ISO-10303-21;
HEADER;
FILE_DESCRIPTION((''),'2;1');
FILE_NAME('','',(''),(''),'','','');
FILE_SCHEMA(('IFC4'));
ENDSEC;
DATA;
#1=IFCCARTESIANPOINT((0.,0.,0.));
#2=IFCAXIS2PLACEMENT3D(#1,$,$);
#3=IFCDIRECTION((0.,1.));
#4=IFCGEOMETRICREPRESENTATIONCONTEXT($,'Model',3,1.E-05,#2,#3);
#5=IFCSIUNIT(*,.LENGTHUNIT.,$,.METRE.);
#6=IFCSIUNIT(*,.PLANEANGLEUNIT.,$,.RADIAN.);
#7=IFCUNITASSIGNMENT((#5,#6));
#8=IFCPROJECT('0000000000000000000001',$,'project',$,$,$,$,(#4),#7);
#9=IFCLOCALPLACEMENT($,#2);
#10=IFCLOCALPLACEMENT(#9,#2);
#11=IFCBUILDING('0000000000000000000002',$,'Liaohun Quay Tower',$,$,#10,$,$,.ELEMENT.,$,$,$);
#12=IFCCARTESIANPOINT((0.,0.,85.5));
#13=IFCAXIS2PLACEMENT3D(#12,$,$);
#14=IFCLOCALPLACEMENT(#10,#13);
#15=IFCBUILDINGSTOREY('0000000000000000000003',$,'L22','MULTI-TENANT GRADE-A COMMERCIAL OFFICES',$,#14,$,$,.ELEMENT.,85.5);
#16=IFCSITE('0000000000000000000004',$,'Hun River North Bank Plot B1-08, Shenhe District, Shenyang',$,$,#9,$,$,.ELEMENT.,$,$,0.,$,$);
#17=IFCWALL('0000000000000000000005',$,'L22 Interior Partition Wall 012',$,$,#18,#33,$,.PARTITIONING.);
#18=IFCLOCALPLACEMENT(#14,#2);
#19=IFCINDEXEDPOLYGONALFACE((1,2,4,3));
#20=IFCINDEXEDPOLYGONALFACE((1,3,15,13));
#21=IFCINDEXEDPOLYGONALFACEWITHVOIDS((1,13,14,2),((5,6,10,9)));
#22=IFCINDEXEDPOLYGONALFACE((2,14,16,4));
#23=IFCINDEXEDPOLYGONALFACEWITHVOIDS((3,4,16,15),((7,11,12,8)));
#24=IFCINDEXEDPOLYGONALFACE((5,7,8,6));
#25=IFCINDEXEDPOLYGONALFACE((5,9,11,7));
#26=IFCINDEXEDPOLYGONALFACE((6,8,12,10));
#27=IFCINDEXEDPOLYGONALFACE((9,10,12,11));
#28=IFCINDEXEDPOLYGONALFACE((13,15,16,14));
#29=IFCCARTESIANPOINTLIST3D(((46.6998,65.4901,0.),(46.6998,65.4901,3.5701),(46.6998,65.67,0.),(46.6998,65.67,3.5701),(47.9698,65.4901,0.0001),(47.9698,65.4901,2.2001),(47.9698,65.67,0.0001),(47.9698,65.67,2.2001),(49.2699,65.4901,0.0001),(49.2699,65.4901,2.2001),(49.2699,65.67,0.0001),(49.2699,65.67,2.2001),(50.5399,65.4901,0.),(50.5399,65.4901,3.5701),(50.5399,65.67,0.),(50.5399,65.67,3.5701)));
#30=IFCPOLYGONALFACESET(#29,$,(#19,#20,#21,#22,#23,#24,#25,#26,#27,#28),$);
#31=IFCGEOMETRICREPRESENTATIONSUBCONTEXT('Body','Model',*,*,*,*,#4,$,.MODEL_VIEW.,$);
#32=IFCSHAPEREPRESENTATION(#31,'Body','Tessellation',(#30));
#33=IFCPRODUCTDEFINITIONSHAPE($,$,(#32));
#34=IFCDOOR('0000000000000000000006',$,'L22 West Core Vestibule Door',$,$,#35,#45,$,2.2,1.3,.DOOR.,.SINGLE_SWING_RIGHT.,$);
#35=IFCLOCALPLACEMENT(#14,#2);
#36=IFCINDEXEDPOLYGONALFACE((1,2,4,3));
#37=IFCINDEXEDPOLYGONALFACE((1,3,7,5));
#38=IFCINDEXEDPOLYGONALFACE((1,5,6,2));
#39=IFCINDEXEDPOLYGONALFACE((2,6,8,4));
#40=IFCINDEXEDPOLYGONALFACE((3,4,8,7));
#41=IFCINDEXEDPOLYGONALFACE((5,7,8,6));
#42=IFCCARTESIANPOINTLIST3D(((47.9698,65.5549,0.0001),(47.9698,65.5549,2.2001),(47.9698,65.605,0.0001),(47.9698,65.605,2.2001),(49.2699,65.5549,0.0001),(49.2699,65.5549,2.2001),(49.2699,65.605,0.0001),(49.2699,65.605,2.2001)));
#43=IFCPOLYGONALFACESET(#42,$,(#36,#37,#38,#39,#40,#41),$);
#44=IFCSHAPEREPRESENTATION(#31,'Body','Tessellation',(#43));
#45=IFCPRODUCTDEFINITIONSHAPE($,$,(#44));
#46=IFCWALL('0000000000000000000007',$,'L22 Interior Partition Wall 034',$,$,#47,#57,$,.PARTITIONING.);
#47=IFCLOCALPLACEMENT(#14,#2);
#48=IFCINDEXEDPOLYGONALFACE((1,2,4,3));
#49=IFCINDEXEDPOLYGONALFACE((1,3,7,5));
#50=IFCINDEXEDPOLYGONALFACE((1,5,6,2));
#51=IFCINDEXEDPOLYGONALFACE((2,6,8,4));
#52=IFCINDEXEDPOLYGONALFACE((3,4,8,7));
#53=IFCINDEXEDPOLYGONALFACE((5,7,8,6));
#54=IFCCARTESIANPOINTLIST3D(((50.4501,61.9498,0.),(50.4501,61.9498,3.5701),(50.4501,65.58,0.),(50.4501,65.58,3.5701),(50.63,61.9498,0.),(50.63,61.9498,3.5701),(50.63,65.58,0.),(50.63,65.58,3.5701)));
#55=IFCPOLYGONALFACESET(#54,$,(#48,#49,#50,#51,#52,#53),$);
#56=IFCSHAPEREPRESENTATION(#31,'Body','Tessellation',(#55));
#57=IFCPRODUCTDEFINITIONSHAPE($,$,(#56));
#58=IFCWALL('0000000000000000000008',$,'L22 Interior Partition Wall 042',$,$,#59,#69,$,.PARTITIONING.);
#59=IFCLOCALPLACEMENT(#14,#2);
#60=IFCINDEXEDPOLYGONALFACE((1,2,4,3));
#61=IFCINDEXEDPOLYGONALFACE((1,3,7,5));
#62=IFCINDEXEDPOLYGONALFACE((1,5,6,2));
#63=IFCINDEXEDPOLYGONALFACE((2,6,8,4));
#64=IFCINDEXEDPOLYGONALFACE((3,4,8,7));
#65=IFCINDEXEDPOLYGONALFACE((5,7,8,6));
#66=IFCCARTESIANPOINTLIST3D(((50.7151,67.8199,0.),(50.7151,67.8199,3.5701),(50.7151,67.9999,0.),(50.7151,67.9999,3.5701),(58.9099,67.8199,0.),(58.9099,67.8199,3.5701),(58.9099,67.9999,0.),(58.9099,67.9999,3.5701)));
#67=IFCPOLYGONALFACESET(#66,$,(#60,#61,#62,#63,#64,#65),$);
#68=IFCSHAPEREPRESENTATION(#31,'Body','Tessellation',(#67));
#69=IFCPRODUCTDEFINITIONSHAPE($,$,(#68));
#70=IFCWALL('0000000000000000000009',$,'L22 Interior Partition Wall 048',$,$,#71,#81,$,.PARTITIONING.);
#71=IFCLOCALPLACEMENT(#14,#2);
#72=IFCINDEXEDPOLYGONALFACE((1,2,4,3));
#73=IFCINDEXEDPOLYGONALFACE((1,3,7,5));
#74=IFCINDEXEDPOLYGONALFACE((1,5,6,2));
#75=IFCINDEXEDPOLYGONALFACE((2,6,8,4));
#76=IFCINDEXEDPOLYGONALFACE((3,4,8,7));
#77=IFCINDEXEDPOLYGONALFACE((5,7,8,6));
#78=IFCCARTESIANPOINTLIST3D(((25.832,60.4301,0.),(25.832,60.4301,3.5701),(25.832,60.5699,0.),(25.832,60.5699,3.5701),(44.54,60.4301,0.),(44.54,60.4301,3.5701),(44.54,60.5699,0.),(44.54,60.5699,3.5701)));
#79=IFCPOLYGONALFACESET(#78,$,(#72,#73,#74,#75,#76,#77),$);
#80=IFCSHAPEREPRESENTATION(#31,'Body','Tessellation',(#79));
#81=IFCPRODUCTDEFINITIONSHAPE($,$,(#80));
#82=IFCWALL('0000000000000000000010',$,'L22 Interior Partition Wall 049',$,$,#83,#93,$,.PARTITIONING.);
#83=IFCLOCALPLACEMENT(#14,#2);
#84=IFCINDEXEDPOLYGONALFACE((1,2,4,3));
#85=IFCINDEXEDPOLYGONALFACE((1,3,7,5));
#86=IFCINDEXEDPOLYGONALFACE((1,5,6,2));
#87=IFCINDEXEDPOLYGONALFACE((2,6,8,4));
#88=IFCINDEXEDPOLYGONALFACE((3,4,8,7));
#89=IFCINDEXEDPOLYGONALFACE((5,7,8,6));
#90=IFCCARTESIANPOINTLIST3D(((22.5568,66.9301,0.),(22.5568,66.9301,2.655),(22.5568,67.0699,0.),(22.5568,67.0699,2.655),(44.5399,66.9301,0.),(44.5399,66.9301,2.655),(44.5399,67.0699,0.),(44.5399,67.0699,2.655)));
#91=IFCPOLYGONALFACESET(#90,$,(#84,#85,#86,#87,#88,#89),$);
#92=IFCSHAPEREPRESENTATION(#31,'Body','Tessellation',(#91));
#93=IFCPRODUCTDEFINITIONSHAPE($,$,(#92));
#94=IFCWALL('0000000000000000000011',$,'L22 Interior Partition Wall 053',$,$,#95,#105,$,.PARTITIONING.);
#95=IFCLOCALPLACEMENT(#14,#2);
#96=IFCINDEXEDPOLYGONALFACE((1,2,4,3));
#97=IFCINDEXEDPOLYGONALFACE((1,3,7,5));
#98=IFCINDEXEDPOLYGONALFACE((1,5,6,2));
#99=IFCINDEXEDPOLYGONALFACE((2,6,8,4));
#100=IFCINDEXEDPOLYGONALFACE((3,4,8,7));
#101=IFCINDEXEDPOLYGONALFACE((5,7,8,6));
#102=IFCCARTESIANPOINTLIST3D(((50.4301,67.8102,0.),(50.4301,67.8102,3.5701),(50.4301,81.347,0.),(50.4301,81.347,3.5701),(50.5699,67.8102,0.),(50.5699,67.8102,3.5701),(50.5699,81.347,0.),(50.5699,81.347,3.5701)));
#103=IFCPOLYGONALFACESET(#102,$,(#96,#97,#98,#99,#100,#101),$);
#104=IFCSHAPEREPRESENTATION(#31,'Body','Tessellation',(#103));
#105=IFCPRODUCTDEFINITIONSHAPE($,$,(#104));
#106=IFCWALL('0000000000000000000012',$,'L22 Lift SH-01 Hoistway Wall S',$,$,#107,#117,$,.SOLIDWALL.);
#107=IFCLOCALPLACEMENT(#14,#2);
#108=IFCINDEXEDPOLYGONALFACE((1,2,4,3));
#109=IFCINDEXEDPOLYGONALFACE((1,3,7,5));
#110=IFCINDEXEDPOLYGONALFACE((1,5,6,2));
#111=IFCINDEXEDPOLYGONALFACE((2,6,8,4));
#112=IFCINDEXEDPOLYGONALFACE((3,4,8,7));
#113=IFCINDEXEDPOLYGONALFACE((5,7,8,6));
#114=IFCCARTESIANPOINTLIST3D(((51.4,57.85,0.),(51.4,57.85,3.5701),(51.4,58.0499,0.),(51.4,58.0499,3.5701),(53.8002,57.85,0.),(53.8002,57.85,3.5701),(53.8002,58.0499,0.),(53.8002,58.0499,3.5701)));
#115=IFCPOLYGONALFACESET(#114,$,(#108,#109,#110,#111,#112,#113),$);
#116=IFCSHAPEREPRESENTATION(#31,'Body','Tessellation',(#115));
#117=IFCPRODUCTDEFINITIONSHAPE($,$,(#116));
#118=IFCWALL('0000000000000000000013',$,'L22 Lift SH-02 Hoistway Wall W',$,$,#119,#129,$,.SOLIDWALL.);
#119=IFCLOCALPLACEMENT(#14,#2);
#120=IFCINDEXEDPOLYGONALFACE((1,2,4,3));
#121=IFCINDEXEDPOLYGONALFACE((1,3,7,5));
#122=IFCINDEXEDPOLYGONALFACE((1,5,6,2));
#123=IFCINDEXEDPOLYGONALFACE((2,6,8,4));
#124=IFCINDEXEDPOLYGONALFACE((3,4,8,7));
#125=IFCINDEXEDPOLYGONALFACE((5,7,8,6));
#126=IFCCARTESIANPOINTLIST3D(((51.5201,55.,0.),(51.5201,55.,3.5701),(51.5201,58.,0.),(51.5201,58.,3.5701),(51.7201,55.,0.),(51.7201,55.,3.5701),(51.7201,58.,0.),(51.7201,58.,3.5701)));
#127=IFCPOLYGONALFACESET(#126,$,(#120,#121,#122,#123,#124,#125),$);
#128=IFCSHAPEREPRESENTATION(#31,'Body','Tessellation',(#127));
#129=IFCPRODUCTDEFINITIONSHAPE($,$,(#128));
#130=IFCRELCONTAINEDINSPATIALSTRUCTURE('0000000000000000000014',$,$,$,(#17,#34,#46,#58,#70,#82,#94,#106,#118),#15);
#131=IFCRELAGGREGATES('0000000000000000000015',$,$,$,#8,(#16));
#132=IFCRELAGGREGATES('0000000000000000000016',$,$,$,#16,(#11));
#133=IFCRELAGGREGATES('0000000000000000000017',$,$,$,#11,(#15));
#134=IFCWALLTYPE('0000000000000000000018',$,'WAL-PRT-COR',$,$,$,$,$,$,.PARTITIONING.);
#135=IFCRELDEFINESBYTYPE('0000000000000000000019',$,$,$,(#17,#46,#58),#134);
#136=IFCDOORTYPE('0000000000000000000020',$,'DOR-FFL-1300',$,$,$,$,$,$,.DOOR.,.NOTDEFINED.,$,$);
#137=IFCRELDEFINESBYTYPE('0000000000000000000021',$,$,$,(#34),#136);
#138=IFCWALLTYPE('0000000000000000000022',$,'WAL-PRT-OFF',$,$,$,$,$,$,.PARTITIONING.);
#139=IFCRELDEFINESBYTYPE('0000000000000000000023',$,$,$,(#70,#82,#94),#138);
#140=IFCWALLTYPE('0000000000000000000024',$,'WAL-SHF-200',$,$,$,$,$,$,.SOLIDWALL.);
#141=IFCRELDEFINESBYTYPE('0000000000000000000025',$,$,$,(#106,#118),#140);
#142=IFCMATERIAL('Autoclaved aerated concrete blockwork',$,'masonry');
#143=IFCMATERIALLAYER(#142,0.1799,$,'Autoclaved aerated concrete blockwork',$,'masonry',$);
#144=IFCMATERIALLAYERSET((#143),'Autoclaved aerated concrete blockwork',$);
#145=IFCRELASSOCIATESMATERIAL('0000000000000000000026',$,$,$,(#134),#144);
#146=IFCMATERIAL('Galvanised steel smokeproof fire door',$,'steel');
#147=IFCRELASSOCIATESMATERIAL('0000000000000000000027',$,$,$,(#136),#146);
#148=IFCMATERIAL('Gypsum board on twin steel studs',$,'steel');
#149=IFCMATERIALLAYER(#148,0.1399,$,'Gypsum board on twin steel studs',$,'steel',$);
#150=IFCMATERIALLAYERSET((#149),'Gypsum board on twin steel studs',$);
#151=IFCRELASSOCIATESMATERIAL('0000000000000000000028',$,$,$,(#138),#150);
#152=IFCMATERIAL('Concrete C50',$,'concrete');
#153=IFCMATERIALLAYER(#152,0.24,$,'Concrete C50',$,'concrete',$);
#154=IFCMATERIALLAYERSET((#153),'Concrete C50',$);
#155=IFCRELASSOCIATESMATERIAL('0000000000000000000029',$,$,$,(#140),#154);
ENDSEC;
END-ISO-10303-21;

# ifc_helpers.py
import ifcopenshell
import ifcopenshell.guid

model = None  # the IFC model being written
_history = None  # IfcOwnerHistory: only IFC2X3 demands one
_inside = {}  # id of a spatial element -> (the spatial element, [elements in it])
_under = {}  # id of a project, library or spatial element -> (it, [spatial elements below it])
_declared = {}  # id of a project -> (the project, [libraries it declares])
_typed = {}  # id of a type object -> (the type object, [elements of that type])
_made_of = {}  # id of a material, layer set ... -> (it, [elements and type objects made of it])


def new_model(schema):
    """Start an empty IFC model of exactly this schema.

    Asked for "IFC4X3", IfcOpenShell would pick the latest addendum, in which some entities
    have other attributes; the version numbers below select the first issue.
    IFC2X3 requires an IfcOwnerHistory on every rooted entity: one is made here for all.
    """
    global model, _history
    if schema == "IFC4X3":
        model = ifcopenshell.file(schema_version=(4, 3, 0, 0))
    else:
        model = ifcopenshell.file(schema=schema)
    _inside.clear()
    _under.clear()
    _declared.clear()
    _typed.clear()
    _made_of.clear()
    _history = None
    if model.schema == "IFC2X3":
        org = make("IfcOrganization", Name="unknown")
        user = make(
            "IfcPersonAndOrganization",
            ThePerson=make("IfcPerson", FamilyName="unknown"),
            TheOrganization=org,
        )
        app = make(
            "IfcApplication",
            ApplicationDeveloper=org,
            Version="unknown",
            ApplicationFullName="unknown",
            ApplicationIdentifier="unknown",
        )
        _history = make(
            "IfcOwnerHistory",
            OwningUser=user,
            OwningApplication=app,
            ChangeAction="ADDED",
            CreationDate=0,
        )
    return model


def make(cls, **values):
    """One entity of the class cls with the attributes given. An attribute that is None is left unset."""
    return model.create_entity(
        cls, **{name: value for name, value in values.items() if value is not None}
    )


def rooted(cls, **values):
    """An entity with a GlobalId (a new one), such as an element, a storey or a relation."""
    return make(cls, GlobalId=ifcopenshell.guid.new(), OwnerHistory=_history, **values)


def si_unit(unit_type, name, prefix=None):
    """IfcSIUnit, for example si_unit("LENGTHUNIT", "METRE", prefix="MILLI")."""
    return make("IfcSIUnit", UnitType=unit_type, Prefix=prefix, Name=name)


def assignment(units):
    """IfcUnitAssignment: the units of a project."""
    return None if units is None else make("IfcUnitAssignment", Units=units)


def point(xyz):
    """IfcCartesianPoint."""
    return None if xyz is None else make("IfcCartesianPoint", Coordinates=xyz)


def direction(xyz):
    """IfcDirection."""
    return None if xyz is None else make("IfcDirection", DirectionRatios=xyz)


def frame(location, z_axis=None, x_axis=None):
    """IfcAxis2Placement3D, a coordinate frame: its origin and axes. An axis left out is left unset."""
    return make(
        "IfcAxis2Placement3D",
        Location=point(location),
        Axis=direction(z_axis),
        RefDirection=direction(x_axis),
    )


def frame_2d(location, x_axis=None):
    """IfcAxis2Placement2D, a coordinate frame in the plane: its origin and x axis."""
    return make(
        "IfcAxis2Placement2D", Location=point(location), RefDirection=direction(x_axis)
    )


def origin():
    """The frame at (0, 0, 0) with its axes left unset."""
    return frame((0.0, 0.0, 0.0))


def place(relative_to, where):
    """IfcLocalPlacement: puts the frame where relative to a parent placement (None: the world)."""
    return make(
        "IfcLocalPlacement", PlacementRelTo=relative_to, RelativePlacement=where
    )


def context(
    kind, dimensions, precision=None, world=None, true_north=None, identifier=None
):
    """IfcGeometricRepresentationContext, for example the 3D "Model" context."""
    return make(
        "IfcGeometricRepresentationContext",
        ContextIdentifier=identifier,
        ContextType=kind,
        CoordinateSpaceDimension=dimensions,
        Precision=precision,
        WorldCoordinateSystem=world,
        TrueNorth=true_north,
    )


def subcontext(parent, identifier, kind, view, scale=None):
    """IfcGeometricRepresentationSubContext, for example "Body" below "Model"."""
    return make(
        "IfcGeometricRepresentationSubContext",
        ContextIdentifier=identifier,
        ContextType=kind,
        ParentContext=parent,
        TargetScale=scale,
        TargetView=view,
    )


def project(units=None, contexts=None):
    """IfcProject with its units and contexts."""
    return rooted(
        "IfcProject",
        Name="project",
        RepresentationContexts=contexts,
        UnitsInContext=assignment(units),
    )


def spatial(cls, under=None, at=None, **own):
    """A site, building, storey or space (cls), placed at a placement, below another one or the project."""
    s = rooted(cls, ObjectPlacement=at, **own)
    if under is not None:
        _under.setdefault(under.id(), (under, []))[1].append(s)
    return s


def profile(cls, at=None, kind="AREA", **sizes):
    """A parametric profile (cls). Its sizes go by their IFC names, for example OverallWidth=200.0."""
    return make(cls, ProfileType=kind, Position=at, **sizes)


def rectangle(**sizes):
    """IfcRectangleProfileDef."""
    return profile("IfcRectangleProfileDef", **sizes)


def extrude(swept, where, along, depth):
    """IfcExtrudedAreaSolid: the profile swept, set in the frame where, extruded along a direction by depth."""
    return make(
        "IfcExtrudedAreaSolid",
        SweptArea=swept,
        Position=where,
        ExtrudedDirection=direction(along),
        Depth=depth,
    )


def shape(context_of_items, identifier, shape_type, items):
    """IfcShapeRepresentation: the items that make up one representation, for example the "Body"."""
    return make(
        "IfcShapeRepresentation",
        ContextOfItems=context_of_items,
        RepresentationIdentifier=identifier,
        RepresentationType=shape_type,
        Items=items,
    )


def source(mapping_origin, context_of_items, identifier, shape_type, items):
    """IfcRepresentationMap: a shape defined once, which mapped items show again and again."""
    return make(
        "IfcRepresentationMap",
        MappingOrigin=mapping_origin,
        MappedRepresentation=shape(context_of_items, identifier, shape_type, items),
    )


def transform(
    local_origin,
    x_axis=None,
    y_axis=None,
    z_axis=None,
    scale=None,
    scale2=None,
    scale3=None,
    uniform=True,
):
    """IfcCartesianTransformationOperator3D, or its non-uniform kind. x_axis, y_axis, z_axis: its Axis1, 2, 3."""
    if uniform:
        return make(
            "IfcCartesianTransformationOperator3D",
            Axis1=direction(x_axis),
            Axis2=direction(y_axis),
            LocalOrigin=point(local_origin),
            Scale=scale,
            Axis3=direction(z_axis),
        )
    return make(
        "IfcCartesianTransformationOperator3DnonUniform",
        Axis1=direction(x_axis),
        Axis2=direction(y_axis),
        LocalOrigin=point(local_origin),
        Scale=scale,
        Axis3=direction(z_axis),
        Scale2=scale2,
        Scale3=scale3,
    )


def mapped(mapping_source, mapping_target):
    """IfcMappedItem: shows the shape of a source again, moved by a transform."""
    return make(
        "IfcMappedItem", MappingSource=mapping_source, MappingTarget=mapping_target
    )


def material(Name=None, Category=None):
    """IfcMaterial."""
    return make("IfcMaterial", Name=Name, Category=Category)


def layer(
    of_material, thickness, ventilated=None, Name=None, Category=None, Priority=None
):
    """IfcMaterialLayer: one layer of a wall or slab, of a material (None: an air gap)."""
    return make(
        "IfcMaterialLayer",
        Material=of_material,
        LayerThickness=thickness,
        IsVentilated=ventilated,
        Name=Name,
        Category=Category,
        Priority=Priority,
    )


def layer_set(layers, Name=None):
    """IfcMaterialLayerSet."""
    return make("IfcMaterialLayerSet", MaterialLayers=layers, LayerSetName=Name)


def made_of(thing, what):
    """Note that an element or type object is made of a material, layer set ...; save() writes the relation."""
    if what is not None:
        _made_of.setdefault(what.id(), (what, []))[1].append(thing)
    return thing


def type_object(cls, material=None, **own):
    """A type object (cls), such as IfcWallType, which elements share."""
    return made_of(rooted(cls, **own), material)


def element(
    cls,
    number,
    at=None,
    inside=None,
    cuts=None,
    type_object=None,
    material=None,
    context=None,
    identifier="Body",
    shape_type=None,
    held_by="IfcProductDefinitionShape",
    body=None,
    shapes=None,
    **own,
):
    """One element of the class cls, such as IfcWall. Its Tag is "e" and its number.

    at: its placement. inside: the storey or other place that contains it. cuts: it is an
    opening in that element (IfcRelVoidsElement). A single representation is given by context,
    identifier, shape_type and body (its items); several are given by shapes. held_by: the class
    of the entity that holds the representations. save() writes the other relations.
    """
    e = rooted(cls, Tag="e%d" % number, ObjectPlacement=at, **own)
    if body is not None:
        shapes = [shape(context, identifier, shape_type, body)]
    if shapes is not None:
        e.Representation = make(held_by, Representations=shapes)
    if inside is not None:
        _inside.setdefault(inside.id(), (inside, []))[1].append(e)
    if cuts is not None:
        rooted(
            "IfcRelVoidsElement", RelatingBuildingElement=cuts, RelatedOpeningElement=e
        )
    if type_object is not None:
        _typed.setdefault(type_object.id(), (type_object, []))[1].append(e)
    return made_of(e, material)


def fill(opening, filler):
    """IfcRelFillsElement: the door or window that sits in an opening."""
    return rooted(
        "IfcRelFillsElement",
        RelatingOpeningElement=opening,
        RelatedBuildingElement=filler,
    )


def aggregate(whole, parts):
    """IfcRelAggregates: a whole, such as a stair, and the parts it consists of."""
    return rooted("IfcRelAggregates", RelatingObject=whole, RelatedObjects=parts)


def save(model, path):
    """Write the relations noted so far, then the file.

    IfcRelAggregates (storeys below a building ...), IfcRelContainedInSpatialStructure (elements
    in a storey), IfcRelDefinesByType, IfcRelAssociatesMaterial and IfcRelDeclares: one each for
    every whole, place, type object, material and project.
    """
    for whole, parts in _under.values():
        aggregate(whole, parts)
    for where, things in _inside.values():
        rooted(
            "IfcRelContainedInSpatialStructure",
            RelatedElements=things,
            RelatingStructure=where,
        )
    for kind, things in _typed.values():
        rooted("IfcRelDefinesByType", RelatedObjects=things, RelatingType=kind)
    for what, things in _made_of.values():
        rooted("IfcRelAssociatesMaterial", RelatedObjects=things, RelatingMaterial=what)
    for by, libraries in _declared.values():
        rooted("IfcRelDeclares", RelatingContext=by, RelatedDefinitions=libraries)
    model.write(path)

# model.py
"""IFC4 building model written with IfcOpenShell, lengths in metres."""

from ifc_helpers import new_model, si_unit, direction, frame, frame_2d, origin, place, context, subcontext, project, spatial, rectangle, extrude, source, transform, mapped, material, layer, layer_set, type_object, element, fill, save


model = new_model("IFC4")

# Units and contexts
model_context = context("Model", 3, precision=1e-05, world=origin(), true_north=direction((0.0, 1.0)))
body_context = subcontext(model_context, "Body", "Model", "MODEL_VIEW")
ifc_project = project(units=[si_unit("LENGTHUNIT", "METRE"), si_unit("PLANEANGLEUNIT", "RADIAN")], contexts=[model_context])

# Site, building, storey
site_placement = place(None, origin())
site = spatial("IfcSite", under=ifc_project, at=site_placement, Name="Hun River North Bank Plot B1-08, Shenhe District, Shenyang", CompositionType="ELEMENT", RefElevation=0.0)
building_placement = place(site_placement, origin())
building = spatial("IfcBuilding", under=site, at=building_placement, Name="Liaohun Quay Tower", CompositionType="ELEMENT")
storey_placement = place(building_placement, frame((0.0, 0.0, 85.5)))
storey = spatial("IfcBuildingStorey", under=building, at=storey_placement, Name="L22", Description="MULTI-TENANT GRADE-A COMMERCIAL OFFICES", CompositionType="ELEMENT", Elevation=85.5)

# Wall, opening, door
ifc_material_1 = material(Name="Autoclaved aerated concrete blockwork", Category="masonry")
ifc_layer_1 = layer(ifc_material_1, 0.1799, Name="Autoclaved aerated concrete blockwork", Category="masonry")
ifc_layer_set_1 = layer_set([ifc_layer_1], Name="Autoclaved aerated concrete blockwork")
wall_type_1 = type_object("IfcWallType", Name="WAL-PRT-COR", PredefinedType="PARTITIONING", material=ifc_layer_set_1)
wall_1_placement = place(storey_placement, frame((46.7, 65.5801, 0.0), z_axis=(0.0, 0.0, 1.0), x_axis=(1.0, 0.0, 0.0)))
wall_1 = element("IfcWall", 1, at=wall_1_placement, inside=storey, type_object=wall_type_1, Name="L22 Interior Partition Wall 012", PredefinedType="PARTITIONING", context=body_context, shape_type="SweptSolid", body=[
    extrude(rectangle(XDim=3.8401, YDim=0.1799, at=frame_2d((1.9199, 0.0))), origin(), (0.0, 0.0, 1.0), 3.5701),
])
shared_shape_1 = source(origin(), body_context, "Body", "SweptSolid", [
    extrude(rectangle(XDim=1.3, YDim=2.2, at=frame_2d((0.6499, 1.1001))), frame((0.0, 0.0999, 0.0), z_axis=(0.0, -1.0, 0.0), x_axis=(1.0, 0.0, 0.0)), (0.0, 0.0, 1.0), 0.2),
])
opening_1_placement = place(wall_1_placement, frame((1.27, 0.0, 0.0)))
opening_1 = element("IfcOpeningElement", 2, at=opening_1_placement, cuts=wall_1, PredefinedType="OPENING", context=body_context, shape_type="MappedRepresentation", body=[
    mapped(shared_shape_1, transform((0.0, 0.0, 0.0), x_axis=(1.0, 0.0, 0.0), y_axis=(0.0, 1.0, 0.0), z_axis=(0.0, 0.0, 1.0), scale=1.0)),
])
ifc_material_2 = material(Name="Galvanised steel smokeproof fire door", Category="steel")
door_type_1 = type_object("IfcDoorType", Name="DOR-FFL-1300", OperationType="NOTDEFINED", PredefinedType="DOOR", material=ifc_material_2)
shared_shape_2 = source(origin(), body_context, "Body", "SweptSolid", [
    extrude(rectangle(XDim=1.3, YDim=2.2, at=frame_2d((0.6499, 1.1001))), frame((0.0, 0.0249, 0.0), z_axis=(0.0, -1.0, 0.0), x_axis=(1.0, 0.0, 0.0)), (0.0, 0.0, 1.0), 0.05),
])
door_1_placement = place(opening_1_placement, origin())
door_1 = element("IfcDoor", 3, at=door_1_placement, inside=storey, type_object=door_type_1, Name="L22 West Core Vestibule Door", OperationType="SINGLE_SWING_RIGHT", OverallHeight=2.2, OverallWidth=1.3, PredefinedType="DOOR", context=body_context, shape_type="MappedRepresentation", body=[
    mapped(shared_shape_2, transform((0.0, 0.0, 0.0), x_axis=(1.0, 0.0, 0.0), y_axis=(0.0, 1.0, 0.0), z_axis=(0.0, 0.0, 1.0), scale=1.0)),
])
fill(opening_1, door_1)

# Walls
wall_2_placement = place(storey_placement, frame((50.54, 61.95, 0.0), z_axis=(0.0, 0.0, 1.0), x_axis=(0.0, 1.0, 0.0)))
element("IfcWall", 4, at=wall_2_placement, inside=storey, type_object=wall_type_1, Name="L22 Interior Partition Wall 034", PredefinedType="PARTITIONING", context=body_context, shape_type="SweptSolid", body=[
    extrude(rectangle(XDim=3.6301, YDim=0.1799, at=frame_2d((1.8149, 0.0))), origin(), (0.0, 0.0, 1.0), 3.5701),
])
wall_3_placement = place(storey_placement, frame((50.7151, 67.9099, 0.0), z_axis=(0.0, 0.0, 1.0), x_axis=(1.0, 0.0, 0.0)))
element("IfcWall", 5, at=wall_3_placement, inside=storey, type_object=wall_type_1, Name="L22 Interior Partition Wall 042", PredefinedType="PARTITIONING", context=body_context, shape_type="SweptSolid", body=[
    extrude(rectangle(XDim=8.1948, YDim=0.1799, at=frame_2d((4.0974, 0.0))), origin(), (0.0, 0.0, 1.0), 3.5701),
])
ifc_material_3 = material(Name="Gypsum board on twin steel studs", Category="steel")
ifc_layer_2 = layer(ifc_material_3, 0.1399, Name="Gypsum board on twin steel studs", Category="steel")
ifc_layer_set_2 = layer_set([ifc_layer_2], Name="Gypsum board on twin steel studs")
wall_type_2 = type_object("IfcWallType", Name="WAL-PRT-OFF", PredefinedType="PARTITIONING", material=ifc_layer_set_2)
wall_4_placement = place(storey_placement, frame((44.54, 60.5, 0.0), z_axis=(0.0, 0.0, 1.0), x_axis=(-1.0, 0.0, 0.0)))
element("IfcWall", 6, at=wall_4_placement, inside=storey, type_object=wall_type_2, Name="L22 Interior Partition Wall 048", PredefinedType="PARTITIONING", context=body_context, shape_type="SweptSolid", body=[
    extrude(rectangle(XDim=18.708, YDim=0.1399, at=frame_2d((9.354, 0.0))), origin(), (0.0, 0.0, 1.0), 3.5701),
])
wall_5_placement = place(storey_placement, frame((44.54, 67.0, 0.0), z_axis=(0.0, 0.0, 1.0), x_axis=(-1.0, 0.0, 0.0)))
element("IfcWall", 7, at=wall_5_placement, inside=storey, type_object=wall_type_2, Name="L22 Interior Partition Wall 049", PredefinedType="PARTITIONING", context=body_context, shape_type="SweptSolid", body=[
    extrude(rectangle(XDim=21.9832, YDim=0.1399, at=frame_2d((10.9917, 0.0))), origin(), (0.0, 0.0, 1.0), 2.655),
])
wall_6_placement = place(storey_placement, frame((50.5, 67.8101, 0.0), z_axis=(0.0, 0.0, 1.0), x_axis=(0.0, 1.0, 0.0)))
element("IfcWall", 8, at=wall_6_placement, inside=storey, type_object=wall_type_2, Name="L22 Interior Partition Wall 053", PredefinedType="PARTITIONING", context=body_context, shape_type="SweptSolid", body=[
    extrude(rectangle(XDim=13.5369, YDim=0.1399, at=frame_2d((6.7686, 0.0))), origin(), (0.0, 0.0, 1.0), 3.5701),
])
ifc_material_4 = material(Name="Concrete C50", Category="concrete")
ifc_layer_3 = layer(ifc_material_4, 0.24, Name="Concrete C50", Category="concrete")
ifc_layer_set_3 = layer_set([ifc_layer_3], Name="Concrete C50")
wall_type_3 = type_object("IfcWallType", Name="WAL-SHF-200", PredefinedType="SOLIDWALL", material=ifc_layer_set_3)
wall_7_placement = place(storey_placement, frame((51.3999, 57.95, 0.0), z_axis=(0.0, 0.0, 1.0), x_axis=(1.0, 0.0, 0.0)))
element("IfcWall", 9, at=wall_7_placement, inside=storey, type_object=wall_type_3, Name="L22 Lift SH-01 Hoistway Wall S", PredefinedType="SOLIDWALL", context=body_context, shape_type="SweptSolid", body=[
    extrude(rectangle(XDim=2.4001, YDim=0.2, at=frame_2d((1.2002, 0.0))), origin(), (0.0, 0.0, 1.0), 3.5701),
])
wall_8_placement = place(storey_placement, frame((51.6201, 58.0, 0.0), z_axis=(0.0, 0.0, 1.0), x_axis=(0.0, -1.0, 0.0)))
element("IfcWall", 10, at=wall_8_placement, inside=storey, type_object=wall_type_3, Name="L22 Lift SH-02 Hoistway Wall W", PredefinedType="SOLIDWALL", context=body_context, shape_type="SweptSolid", body=[
    extrude(rectangle(XDim=3.0, YDim=0.2, at=frame_2d((1.5, 0.0))), origin(), (0.0, 0.0, 1.0), 3.5701),
])

save(model, "model.ifc")
